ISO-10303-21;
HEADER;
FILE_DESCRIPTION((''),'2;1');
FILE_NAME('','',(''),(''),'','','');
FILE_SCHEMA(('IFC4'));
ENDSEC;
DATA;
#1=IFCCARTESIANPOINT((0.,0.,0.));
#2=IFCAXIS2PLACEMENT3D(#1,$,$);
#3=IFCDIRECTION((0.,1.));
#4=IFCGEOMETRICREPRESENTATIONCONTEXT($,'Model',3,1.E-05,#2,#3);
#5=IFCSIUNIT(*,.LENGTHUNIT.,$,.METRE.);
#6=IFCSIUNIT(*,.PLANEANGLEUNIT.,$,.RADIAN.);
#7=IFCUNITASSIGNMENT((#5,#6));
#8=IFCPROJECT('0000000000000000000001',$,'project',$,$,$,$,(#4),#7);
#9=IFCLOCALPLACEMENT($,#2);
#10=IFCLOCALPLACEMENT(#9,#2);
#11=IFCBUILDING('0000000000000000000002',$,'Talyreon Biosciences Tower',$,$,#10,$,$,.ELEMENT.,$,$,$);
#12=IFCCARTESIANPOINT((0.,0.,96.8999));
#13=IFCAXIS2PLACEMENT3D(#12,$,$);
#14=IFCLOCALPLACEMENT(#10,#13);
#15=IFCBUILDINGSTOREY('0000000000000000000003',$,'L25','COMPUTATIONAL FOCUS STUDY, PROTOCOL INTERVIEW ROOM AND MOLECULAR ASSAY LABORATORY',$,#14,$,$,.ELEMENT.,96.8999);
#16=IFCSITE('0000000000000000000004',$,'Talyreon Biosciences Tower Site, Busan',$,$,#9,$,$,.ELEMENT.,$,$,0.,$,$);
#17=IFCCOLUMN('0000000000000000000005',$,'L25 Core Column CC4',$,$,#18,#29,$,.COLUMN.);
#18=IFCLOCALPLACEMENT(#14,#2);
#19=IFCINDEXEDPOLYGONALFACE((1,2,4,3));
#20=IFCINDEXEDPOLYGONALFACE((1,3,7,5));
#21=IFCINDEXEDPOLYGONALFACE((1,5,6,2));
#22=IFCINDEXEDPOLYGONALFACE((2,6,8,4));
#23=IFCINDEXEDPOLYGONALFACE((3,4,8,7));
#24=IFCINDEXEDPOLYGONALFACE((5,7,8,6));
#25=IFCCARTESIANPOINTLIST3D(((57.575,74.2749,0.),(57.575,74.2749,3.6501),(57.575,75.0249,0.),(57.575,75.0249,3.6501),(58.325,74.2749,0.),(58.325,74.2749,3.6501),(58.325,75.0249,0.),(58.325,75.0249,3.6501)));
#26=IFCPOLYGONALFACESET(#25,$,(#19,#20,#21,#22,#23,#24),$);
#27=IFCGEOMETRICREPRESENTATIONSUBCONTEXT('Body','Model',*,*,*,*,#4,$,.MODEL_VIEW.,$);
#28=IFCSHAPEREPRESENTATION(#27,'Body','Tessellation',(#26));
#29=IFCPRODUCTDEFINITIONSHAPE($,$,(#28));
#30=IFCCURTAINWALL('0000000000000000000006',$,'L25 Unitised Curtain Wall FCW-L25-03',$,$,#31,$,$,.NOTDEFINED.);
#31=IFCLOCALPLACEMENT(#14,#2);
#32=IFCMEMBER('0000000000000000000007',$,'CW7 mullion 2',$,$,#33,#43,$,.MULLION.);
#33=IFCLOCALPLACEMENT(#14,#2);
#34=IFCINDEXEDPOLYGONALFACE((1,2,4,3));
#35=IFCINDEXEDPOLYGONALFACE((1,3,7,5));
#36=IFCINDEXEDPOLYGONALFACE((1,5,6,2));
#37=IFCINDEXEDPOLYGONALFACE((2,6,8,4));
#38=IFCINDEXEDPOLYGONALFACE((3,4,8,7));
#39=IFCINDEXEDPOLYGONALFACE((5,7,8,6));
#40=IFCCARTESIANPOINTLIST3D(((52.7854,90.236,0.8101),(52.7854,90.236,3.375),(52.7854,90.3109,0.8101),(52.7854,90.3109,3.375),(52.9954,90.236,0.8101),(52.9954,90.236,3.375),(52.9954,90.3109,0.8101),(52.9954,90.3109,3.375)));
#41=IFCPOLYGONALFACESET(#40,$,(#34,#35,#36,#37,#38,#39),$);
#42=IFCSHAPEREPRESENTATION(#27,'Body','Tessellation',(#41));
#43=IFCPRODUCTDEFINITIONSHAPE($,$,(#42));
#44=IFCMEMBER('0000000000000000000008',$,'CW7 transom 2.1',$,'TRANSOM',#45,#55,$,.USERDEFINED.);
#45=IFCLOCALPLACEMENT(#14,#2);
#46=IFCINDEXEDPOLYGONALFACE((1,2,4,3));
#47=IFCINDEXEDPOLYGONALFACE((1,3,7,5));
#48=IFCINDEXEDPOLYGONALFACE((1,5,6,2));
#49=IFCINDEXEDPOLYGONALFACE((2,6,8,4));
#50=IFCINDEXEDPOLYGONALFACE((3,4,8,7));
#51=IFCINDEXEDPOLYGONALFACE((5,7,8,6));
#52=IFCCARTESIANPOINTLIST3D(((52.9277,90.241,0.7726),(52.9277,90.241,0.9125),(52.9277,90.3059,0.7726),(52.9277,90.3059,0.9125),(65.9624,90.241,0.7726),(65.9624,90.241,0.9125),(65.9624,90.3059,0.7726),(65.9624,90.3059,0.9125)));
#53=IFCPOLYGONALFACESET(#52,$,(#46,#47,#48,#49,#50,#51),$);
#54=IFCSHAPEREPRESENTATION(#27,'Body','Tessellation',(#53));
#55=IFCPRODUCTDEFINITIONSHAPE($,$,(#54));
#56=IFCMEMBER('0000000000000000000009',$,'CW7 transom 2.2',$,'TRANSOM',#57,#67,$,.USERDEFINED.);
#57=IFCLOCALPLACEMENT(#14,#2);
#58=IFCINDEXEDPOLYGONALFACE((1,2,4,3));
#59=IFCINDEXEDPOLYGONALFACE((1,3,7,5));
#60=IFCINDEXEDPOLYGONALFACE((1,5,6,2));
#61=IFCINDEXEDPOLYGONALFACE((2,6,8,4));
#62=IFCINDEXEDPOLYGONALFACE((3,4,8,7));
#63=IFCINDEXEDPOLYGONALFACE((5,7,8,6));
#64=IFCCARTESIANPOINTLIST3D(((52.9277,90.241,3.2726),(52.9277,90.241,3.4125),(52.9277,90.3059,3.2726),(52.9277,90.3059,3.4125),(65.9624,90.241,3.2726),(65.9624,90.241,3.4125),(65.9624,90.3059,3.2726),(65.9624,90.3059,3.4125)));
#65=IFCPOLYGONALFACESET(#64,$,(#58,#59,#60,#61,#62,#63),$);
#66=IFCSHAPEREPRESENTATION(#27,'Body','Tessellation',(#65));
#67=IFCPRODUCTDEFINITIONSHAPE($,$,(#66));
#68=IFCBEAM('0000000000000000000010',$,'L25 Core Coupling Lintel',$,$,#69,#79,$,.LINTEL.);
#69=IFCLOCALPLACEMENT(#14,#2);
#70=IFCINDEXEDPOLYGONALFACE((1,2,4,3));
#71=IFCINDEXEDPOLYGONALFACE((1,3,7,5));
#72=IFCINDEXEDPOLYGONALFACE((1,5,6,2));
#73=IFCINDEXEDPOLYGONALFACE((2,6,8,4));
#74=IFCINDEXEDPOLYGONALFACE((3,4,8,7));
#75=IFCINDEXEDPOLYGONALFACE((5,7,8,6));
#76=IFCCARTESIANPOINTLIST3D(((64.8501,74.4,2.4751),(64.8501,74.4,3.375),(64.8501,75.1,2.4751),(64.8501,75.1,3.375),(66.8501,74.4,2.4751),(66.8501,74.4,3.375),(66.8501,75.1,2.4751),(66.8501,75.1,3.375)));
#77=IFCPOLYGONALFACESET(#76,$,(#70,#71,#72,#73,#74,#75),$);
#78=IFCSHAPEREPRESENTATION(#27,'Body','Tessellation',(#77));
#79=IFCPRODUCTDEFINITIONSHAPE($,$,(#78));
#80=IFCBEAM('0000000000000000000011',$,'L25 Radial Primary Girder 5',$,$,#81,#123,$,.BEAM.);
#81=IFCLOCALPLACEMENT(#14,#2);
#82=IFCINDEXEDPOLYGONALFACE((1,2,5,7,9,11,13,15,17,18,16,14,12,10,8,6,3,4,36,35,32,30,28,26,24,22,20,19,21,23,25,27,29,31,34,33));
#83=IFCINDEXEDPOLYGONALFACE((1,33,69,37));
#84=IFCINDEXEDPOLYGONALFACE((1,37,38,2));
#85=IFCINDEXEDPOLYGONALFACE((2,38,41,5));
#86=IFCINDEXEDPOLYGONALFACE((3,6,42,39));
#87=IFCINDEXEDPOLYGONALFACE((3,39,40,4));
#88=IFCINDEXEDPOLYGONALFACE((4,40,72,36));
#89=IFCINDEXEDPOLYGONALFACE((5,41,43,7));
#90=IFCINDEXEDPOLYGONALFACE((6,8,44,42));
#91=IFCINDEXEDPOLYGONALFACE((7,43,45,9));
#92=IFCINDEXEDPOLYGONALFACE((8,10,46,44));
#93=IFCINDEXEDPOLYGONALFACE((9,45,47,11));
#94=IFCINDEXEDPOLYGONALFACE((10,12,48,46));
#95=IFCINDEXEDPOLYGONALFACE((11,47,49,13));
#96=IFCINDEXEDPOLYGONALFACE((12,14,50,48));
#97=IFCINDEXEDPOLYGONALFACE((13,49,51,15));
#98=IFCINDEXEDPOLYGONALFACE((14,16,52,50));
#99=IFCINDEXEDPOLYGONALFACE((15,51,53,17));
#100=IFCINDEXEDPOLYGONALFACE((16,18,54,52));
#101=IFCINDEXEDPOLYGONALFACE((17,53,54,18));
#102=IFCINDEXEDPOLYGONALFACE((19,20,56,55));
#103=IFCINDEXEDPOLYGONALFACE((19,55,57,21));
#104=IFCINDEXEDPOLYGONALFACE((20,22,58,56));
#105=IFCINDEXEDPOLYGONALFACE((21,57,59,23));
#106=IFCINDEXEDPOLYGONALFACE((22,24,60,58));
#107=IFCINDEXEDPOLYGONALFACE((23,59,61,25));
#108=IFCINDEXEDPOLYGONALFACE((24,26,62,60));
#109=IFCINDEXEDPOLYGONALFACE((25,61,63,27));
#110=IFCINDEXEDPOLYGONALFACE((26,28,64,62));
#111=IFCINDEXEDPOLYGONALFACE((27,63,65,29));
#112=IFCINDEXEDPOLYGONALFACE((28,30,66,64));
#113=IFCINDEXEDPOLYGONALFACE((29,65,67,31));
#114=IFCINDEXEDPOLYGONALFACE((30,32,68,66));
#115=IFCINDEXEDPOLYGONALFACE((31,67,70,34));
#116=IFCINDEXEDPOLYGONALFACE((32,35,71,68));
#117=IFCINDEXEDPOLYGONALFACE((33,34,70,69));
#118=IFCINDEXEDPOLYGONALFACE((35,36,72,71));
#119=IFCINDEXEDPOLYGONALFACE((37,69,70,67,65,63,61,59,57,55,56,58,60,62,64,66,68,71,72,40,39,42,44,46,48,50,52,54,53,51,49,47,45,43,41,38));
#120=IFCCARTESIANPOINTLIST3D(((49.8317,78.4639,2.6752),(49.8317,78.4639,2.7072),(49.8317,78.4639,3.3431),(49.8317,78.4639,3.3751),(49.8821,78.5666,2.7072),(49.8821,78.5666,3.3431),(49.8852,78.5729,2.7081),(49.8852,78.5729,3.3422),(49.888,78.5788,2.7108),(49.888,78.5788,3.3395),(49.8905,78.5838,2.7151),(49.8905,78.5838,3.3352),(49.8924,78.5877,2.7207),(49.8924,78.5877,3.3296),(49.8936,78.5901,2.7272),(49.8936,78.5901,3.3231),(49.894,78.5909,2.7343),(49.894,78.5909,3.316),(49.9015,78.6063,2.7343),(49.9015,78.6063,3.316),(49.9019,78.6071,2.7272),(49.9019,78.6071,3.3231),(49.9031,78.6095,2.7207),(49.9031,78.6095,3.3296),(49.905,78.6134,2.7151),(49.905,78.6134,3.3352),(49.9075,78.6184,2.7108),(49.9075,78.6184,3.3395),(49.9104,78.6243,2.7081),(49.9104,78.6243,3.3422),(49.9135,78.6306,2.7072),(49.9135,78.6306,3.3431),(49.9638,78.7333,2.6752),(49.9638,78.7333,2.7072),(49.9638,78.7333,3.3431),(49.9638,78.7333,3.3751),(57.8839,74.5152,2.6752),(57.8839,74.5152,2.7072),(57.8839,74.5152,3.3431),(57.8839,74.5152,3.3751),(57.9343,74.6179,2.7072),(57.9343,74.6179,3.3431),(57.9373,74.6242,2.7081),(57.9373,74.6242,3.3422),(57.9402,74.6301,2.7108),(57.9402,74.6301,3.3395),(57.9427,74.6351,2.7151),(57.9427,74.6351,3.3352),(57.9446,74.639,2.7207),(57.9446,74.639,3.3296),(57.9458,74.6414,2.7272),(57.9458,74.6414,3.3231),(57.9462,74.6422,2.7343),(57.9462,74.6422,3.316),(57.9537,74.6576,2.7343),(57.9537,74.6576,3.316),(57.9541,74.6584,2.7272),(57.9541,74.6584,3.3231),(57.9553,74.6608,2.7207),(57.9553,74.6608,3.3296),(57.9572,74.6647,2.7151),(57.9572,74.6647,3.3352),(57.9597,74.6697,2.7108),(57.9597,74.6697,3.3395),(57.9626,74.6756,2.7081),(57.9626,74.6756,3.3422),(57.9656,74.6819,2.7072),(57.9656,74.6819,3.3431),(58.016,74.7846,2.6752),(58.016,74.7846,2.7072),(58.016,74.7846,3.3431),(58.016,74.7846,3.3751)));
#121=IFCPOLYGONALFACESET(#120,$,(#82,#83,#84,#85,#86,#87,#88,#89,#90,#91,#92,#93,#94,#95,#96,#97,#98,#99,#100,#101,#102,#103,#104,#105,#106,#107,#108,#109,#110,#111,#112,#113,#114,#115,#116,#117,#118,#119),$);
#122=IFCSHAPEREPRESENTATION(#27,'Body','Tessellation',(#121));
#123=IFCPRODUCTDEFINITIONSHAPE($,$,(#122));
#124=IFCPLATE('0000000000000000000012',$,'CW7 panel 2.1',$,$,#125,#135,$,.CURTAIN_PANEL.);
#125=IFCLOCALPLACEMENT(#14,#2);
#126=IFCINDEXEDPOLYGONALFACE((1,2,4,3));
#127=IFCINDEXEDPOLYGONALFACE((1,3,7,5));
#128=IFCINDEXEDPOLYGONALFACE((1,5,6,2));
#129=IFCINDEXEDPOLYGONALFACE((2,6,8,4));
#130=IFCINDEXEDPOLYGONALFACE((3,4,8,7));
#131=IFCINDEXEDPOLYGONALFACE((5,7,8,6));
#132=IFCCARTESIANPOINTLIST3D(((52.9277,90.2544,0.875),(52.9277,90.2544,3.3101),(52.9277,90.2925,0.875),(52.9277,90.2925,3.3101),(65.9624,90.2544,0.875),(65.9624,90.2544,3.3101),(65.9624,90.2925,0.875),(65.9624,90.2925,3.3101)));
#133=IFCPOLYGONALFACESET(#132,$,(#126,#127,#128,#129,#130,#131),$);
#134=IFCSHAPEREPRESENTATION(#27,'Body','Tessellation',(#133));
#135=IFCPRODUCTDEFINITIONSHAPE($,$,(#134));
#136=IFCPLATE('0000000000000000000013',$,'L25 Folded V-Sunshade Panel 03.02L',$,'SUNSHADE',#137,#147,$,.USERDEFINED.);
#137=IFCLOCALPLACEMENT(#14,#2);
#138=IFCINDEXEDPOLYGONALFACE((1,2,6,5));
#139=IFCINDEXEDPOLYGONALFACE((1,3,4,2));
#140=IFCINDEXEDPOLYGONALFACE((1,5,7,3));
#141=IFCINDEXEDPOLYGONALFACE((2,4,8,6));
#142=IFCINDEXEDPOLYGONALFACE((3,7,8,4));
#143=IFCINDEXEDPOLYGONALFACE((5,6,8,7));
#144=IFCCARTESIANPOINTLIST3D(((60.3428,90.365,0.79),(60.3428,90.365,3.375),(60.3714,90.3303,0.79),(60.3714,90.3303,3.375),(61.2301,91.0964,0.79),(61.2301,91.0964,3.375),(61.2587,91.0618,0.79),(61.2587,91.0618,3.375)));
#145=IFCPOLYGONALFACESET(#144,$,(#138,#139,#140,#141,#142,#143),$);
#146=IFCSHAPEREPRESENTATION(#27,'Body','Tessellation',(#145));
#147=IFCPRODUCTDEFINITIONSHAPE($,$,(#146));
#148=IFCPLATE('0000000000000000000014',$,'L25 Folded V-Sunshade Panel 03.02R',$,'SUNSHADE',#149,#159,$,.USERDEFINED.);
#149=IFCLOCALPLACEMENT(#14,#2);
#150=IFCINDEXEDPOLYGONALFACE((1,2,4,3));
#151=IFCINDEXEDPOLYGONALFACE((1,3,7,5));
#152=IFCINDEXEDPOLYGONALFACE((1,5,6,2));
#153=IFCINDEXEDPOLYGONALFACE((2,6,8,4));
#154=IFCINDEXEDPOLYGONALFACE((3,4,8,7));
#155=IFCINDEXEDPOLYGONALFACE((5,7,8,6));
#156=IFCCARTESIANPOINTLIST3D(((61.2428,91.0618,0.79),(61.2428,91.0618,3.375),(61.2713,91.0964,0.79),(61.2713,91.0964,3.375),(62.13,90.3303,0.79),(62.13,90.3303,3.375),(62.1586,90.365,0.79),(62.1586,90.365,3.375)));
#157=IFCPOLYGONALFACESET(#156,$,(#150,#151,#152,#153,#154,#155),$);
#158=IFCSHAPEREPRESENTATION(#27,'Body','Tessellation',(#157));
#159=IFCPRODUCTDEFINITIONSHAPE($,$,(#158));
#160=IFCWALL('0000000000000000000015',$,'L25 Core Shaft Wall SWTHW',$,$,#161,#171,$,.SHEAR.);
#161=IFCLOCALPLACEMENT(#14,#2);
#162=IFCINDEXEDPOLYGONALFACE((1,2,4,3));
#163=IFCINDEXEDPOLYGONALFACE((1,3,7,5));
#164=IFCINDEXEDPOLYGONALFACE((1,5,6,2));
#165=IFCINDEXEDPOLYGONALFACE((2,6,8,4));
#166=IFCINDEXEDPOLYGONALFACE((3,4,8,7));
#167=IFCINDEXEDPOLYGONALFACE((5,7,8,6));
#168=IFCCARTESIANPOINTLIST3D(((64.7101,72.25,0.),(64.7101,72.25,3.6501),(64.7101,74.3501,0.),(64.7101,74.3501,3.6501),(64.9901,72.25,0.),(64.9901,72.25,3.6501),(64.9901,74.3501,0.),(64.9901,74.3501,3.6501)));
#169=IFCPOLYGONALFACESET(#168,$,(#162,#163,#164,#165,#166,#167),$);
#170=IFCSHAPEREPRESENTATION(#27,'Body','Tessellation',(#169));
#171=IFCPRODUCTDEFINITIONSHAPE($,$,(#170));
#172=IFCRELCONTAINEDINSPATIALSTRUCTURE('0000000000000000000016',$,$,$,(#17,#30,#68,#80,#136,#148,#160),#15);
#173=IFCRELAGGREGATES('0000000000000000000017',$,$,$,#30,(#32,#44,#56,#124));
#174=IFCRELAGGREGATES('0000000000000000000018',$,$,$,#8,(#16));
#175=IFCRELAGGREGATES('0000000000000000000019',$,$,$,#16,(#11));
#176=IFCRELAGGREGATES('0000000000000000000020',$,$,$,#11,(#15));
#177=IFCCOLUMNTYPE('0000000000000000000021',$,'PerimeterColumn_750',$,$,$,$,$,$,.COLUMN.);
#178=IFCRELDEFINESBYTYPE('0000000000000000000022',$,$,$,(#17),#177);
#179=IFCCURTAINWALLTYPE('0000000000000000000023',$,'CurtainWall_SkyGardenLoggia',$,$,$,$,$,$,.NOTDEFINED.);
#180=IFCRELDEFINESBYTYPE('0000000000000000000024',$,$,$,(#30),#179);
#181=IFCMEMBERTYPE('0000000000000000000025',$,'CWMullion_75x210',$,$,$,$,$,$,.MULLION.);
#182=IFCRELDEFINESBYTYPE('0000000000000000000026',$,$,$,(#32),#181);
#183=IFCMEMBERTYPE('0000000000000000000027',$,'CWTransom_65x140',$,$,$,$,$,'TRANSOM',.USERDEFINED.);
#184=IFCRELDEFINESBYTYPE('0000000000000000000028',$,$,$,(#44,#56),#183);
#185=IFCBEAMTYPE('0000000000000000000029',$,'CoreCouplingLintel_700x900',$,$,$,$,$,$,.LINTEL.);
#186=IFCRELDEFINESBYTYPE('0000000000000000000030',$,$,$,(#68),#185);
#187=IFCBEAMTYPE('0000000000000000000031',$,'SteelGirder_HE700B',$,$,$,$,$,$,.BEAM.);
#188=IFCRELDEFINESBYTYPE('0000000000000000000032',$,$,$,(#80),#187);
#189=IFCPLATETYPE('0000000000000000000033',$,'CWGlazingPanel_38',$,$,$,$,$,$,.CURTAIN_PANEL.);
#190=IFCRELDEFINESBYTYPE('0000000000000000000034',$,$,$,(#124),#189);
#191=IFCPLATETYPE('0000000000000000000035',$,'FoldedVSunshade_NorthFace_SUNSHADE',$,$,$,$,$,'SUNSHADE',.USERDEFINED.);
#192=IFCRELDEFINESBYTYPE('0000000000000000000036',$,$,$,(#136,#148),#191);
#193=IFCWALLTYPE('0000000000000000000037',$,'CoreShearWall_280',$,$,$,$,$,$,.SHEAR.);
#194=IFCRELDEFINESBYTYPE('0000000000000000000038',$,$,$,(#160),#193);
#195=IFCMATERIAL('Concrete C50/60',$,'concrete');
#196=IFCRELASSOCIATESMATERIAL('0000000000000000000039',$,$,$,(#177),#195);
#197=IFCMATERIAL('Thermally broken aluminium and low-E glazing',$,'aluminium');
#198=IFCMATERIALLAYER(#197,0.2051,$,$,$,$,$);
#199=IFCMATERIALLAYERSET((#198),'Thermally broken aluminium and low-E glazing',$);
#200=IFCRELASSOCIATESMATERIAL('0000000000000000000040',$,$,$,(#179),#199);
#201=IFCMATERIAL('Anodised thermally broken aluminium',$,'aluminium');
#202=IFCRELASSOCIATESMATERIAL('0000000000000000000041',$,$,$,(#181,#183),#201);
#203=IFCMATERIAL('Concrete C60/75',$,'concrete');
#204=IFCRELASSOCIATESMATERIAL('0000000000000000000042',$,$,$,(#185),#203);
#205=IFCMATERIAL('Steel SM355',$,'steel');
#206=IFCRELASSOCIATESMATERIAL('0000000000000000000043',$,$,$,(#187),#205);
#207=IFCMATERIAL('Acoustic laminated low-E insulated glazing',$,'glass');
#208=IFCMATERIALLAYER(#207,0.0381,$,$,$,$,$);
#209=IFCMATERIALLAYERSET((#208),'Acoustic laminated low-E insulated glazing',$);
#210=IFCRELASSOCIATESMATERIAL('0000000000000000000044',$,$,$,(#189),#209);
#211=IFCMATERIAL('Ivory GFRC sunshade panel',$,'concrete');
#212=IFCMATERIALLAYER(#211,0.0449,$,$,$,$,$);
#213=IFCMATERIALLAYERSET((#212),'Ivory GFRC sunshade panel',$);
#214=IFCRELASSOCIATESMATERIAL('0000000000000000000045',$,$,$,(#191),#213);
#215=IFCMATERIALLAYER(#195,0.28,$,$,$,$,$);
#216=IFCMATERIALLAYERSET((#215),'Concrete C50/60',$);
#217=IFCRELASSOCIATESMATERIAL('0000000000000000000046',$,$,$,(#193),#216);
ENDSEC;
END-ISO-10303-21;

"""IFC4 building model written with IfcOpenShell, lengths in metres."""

from ifc_helpers import new_model, si_unit, direction, frame, frame_2d, origin, origin_2d, place, context, subcontext, project, spatial, rectangle, i_section, extrude, material, layer, layer_set, material_profile, profile_set, type_object, element, aggregate, save


model = new_model("IFC4")

# Units and contexts
model_context = context("Model", 3, precision=1e-05, world=origin(), true_north=direction((0.0, 1.0)))
body_context = subcontext(model_context, "Body", "Model", "MODEL_VIEW")
ifc_project = project(units=[si_unit("LENGTHUNIT", "METRE"), si_unit("PLANEANGLEUNIT", "RADIAN")], contexts=[model_context])

# Site, building, storey
site_placement = place(None, origin())
site = spatial("IfcSite", under=ifc_project, at=site_placement, Name="Talyreon Biosciences Tower Site, Busan", CompositionType="ELEMENT", RefElevation=0.0)
building_placement = place(site_placement, origin())
building = spatial("IfcBuilding", under=site, at=building_placement, Name="Talyreon Biosciences Tower", CompositionType="ELEMENT")
storey_placement = place(building_placement, frame((0.0, 0.0, 96.8999)))
storey = spatial("IfcBuildingStorey", under=building, at=storey_placement, Name="L25", Description="COMPUTATIONAL FOCUS STUDY, PROTOCOL INTERVIEW ROOM AND MOLECULAR ASSAY LABORATORY", CompositionType="ELEMENT", Elevation=96.8999)

# Column
ifc_material_1 = material(Name="Concrete C50/60", Category="concrete")
ifc_material_profile_1 = material_profile(ifc_material_1, rectangle(XDim=0.75, YDim=0.75, at=origin_2d()), Name="RC 750x750")
ifc_profile_set_1 = profile_set([ifc_material_profile_1], Name="Concrete C50/60")
column_type = type_object("IfcColumnType", Name="PerimeterColumn_750", PredefinedType="COLUMN", material=ifc_profile_set_1)
column_placement = place(storey_placement, frame((57.95, 74.6499, 0.0), z_axis=(0.0, 0.0, 1.0), x_axis=(1.0, 0.0, 0.0)))
element("IfcColumn", 1, at=column_placement, inside=storey, type_object=column_type, Name="L25 Core Column CC4", PredefinedType="COLUMN", context=body_context, shape_type="SweptSolid", body=[
    extrude(rectangle(XDim=0.75, YDim=0.75, at=origin_2d()), origin(), (0.0, 0.0, 1.0), 3.6501),
])

# Curtain wall, members
ifc_material_2 = material(Name="Thermally broken aluminium and low-E glazing", Category="aluminium")
ifc_layer_1 = layer(ifc_material_2, 0.2051)
ifc_layer_set_1 = layer_set([ifc_layer_1], Name="Thermally broken aluminium and low-E glazing")
curtain_wall_type = type_object("IfcCurtainWallType", Name="CurtainWall_SkyGardenLoggia", PredefinedType="NOTDEFINED", material=ifc_layer_set_1)
curtain_wall_placement = place(storey_placement, origin())
curtain_wall = element("IfcCurtainWall", 2, at=curtain_wall_placement, inside=storey, type_object=curtain_wall_type, Name="L25 Unitised Curtain Wall FCW-L25-03", PredefinedType="NOTDEFINED")
ifc_material_3 = material(Name="Anodised thermally broken aluminium", Category="aluminium")
ifc_material_profile_2 = material_profile(ifc_material_3, rectangle(XDim=0.075, YDim=0.21, at=origin_2d()), Name="ALUM MULLION 75x210")
ifc_profile_set_2 = profile_set([ifc_material_profile_2], Name="Anodised thermally broken aluminium")
member_type_1 = type_object("IfcMemberType", Name="CWMullion_75x210", PredefinedType="MULLION", material=ifc_profile_set_2)
member_1_placement = place(storey_placement, frame((52.8904, 90.2734, 0.8101), z_axis=(0.0, 0.0, 1.0), x_axis=(0.0, 1.0, 0.0)))
member_1 = element("IfcMember", 3, at=member_1_placement, type_object=member_type_1, Name="CW7 mullion 2", PredefinedType="MULLION", context=body_context, shape_type="SweptSolid", body=[
    extrude(rectangle(XDim=0.075, YDim=0.21, at=origin_2d()), origin(), (0.0, 0.0, 1.0), 2.5649),
])
ifc_material_profile_3 = material_profile(ifc_material_3, rectangle(XDim=0.0649, YDim=0.1399, at=origin_2d()), Name="ALUM TRANSOM 65x140")
ifc_profile_set_3 = profile_set([ifc_material_profile_3], Name="Anodised thermally broken aluminium")
member_type_2 = type_object("IfcMemberType", Name="CWTransom_65x140", ElementType="TRANSOM", PredefinedType="USERDEFINED", material=ifc_profile_set_3)
member_2_placement = place(storey_placement, frame((52.9277, 90.2734, 0.8425), z_axis=(1.0, 0.0, 0.0), x_axis=(0.0, 1.0, 0.0)))
member_2 = element("IfcMember", 4, at=member_2_placement, type_object=member_type_2, Name="CW7 transom 2.1", ObjectType="TRANSOM", PredefinedType="USERDEFINED", context=body_context, shape_type="SweptSolid", body=[
    extrude(rectangle(XDim=0.0649, YDim=0.1399, at=origin_2d()), origin(), (0.0, 0.0, 1.0), 13.0347),
])
member_3_placement = place(storey_placement, frame((52.9277, 90.2734, 3.3425), z_axis=(1.0, 0.0, 0.0), x_axis=(0.0, 1.0, 0.0)))
member_3 = element("IfcMember", 5, at=member_3_placement, type_object=member_type_2, Name="CW7 transom 2.2", ObjectType="TRANSOM", PredefinedType="USERDEFINED", context=body_context, shape_type="SweptSolid", body=[
    extrude(rectangle(XDim=0.0649, YDim=0.1399, at=origin_2d()), origin(), (0.0, 0.0, 1.0), 13.0347),
])

# Beams
ifc_material_4 = material(Name="Concrete C60/75", Category="concrete")
ifc_material_profile_4 = material_profile(ifc_material_4, rectangle(XDim=0.7, YDim=0.8999, at=origin_2d()), Name="RCB 700x900")
ifc_profile_set_4 = profile_set([ifc_material_profile_4], Name="Concrete C60/75")
beam_type_1 = type_object("IfcBeamType", Name="CoreCouplingLintel_700x900", PredefinedType="LINTEL", material=ifc_profile_set_4)
beam_1_placement = place(storey_placement, frame((64.8501, 74.75, 2.925), z_axis=(1.0, 0.0, 0.0), x_axis=(0.0, 1.0, 0.0)))
element("IfcBeam", 6, at=beam_1_placement, inside=storey, type_object=beam_type_1, Name="L25 Core Coupling Lintel", PredefinedType="LINTEL", context=body_context, shape_type="SweptSolid", body=[
    extrude(rectangle(XDim=0.7, YDim=0.8999, at=origin_2d()), origin(), (0.0, 0.0, 1.0), 2.0),
])
ifc_material_5 = material(Name="Steel SM355", Category="steel")
ifc_material_profile_5 = material_profile(ifc_material_5, i_section(OverallWidth=0.3, OverallDepth=0.7, WebThickness=0.0171, FlangeThickness=0.032, FilletRadius=0.0271, at=origin_2d()), Name="HE700B")
ifc_profile_set_5 = profile_set([ifc_material_profile_5], Name="Steel SM355")
beam_type_2 = type_object("IfcBeamType", Name="SteelGirder_HE700B", PredefinedType="BEAM", material=ifc_profile_set_5)
beam_2_placement = place(storey_placement, frame((57.95, 74.6499, 3.0251), z_axis=(-0.897852, 0.440297, 0.0), x_axis=(-0.440297, -0.897852, 0.0)))
element("IfcBeam", 7, at=beam_2_placement, inside=storey, type_object=beam_type_2, Name="L25 Radial Primary Girder 5", PredefinedType="BEAM", context=body_context, shape_type="SweptSolid", body=[
    extrude(i_section(OverallWidth=0.3, OverallDepth=0.7, WebThickness=0.0171, FlangeThickness=0.032, FilletRadius=0.0271, at=origin_2d()), origin(), (0.0, 0.0, 1.0), 8.9683),
])

# Plate
ifc_material_6 = material(Name="Acoustic laminated low-E insulated glazing", Category="glass")
ifc_layer_2 = layer(ifc_material_6, 0.0381)
ifc_layer_set_2 = layer_set([ifc_layer_2], Name="Acoustic laminated low-E insulated glazing")
plate_type_1 = type_object("IfcPlateType", Name="CWGlazingPanel_38", PredefinedType="CURTAIN_PANEL", material=ifc_layer_set_2)
plate_placement = place(storey_placement, frame((59.4451, 90.2734, 0.875), z_axis=(0.0, 0.0, 1.0), x_axis=(1.0, 0.0, 0.0)))
plate = element("IfcPlate", 8, at=plate_placement, type_object=plate_type_1, Name="CW7 panel 2.1", PredefinedType="CURTAIN_PANEL", context=body_context, shape_type="SweptSolid", body=[
    extrude(rectangle(XDim=13.0347, YDim=0.0381, at=origin_2d()), origin(), (0.0, 0.0, 1.0), 2.4351),
])
aggregate(curtain_wall, [member_1, member_2, member_3, plate])

# Plates
ifc_material_7 = material(Name="Ivory GFRC sunshade panel", Category="concrete")
ifc_layer_3 = layer(ifc_material_7, 0.0449)
ifc_layer_set_3 = layer_set([ifc_layer_3], Name="Ivory GFRC sunshade panel")
plate_type_2 = type_object("IfcPlateType", Name="FoldedVSunshade_NorthFace_SUNSHADE", ElementType="SUNSHADE", PredefinedType="USERDEFINED", material=ifc_layer_set_3)
for number, where, z_axis, x_axis, name in (
    (9, (60.8008, 90.7134, 0.79), (0.0, 0.0, 1.0), (0.771625, 0.636078, 0.0), "L25 Folded V-Sunshade Panel 03.02L"),
    (10, (61.7007, 90.7134, 0.79), (0.0, 0.0, 1.0), (0.771625, -0.636078, 0.0), "L25 Folded V-Sunshade Panel 03.02R"),
):
    element("IfcPlate", number, at=place(storey_placement, frame(where, z_axis=z_axis, x_axis=x_axis)), inside=storey, type_object=plate_type_2, Name=name, ObjectType="SUNSHADE", PredefinedType="USERDEFINED", context=body_context, shape_type="SweptSolid", body=[
        extrude(rectangle(XDim=1.1499, YDim=0.0449, at=origin_2d()), origin(), (0.0, 0.0, 1.0), 2.585),
    ])

# Wall
ifc_layer_4 = layer(ifc_material_1, 0.28)
ifc_layer_set_4 = layer_set([ifc_layer_4], Name="Concrete C50/60")
wall_type_1 = type_object("IfcWallType", Name="CoreShearWall_280", PredefinedType="SHEAR", material=ifc_layer_set_4)
wall_1_placement = place(storey_placement, frame((64.8501, 72.25, 0.0), z_axis=(0.0, 0.0, 1.0), x_axis=(0.0, 1.0, 0.0)))
element("IfcWall", 11, at=wall_1_placement, inside=storey, type_object=wall_type_1, Name="L25 Core Shaft Wall SWTHW", PredefinedType="SHEAR", context=body_context, shape_type="SweptSolid", body=[
    extrude(rectangle(XDim=2.1001, YDim=0.28, at=frame_2d((1.05, 0.0))), origin(), (0.0, 0.0, 1.0), 3.6501),
])

save(model, "model.ifc")
